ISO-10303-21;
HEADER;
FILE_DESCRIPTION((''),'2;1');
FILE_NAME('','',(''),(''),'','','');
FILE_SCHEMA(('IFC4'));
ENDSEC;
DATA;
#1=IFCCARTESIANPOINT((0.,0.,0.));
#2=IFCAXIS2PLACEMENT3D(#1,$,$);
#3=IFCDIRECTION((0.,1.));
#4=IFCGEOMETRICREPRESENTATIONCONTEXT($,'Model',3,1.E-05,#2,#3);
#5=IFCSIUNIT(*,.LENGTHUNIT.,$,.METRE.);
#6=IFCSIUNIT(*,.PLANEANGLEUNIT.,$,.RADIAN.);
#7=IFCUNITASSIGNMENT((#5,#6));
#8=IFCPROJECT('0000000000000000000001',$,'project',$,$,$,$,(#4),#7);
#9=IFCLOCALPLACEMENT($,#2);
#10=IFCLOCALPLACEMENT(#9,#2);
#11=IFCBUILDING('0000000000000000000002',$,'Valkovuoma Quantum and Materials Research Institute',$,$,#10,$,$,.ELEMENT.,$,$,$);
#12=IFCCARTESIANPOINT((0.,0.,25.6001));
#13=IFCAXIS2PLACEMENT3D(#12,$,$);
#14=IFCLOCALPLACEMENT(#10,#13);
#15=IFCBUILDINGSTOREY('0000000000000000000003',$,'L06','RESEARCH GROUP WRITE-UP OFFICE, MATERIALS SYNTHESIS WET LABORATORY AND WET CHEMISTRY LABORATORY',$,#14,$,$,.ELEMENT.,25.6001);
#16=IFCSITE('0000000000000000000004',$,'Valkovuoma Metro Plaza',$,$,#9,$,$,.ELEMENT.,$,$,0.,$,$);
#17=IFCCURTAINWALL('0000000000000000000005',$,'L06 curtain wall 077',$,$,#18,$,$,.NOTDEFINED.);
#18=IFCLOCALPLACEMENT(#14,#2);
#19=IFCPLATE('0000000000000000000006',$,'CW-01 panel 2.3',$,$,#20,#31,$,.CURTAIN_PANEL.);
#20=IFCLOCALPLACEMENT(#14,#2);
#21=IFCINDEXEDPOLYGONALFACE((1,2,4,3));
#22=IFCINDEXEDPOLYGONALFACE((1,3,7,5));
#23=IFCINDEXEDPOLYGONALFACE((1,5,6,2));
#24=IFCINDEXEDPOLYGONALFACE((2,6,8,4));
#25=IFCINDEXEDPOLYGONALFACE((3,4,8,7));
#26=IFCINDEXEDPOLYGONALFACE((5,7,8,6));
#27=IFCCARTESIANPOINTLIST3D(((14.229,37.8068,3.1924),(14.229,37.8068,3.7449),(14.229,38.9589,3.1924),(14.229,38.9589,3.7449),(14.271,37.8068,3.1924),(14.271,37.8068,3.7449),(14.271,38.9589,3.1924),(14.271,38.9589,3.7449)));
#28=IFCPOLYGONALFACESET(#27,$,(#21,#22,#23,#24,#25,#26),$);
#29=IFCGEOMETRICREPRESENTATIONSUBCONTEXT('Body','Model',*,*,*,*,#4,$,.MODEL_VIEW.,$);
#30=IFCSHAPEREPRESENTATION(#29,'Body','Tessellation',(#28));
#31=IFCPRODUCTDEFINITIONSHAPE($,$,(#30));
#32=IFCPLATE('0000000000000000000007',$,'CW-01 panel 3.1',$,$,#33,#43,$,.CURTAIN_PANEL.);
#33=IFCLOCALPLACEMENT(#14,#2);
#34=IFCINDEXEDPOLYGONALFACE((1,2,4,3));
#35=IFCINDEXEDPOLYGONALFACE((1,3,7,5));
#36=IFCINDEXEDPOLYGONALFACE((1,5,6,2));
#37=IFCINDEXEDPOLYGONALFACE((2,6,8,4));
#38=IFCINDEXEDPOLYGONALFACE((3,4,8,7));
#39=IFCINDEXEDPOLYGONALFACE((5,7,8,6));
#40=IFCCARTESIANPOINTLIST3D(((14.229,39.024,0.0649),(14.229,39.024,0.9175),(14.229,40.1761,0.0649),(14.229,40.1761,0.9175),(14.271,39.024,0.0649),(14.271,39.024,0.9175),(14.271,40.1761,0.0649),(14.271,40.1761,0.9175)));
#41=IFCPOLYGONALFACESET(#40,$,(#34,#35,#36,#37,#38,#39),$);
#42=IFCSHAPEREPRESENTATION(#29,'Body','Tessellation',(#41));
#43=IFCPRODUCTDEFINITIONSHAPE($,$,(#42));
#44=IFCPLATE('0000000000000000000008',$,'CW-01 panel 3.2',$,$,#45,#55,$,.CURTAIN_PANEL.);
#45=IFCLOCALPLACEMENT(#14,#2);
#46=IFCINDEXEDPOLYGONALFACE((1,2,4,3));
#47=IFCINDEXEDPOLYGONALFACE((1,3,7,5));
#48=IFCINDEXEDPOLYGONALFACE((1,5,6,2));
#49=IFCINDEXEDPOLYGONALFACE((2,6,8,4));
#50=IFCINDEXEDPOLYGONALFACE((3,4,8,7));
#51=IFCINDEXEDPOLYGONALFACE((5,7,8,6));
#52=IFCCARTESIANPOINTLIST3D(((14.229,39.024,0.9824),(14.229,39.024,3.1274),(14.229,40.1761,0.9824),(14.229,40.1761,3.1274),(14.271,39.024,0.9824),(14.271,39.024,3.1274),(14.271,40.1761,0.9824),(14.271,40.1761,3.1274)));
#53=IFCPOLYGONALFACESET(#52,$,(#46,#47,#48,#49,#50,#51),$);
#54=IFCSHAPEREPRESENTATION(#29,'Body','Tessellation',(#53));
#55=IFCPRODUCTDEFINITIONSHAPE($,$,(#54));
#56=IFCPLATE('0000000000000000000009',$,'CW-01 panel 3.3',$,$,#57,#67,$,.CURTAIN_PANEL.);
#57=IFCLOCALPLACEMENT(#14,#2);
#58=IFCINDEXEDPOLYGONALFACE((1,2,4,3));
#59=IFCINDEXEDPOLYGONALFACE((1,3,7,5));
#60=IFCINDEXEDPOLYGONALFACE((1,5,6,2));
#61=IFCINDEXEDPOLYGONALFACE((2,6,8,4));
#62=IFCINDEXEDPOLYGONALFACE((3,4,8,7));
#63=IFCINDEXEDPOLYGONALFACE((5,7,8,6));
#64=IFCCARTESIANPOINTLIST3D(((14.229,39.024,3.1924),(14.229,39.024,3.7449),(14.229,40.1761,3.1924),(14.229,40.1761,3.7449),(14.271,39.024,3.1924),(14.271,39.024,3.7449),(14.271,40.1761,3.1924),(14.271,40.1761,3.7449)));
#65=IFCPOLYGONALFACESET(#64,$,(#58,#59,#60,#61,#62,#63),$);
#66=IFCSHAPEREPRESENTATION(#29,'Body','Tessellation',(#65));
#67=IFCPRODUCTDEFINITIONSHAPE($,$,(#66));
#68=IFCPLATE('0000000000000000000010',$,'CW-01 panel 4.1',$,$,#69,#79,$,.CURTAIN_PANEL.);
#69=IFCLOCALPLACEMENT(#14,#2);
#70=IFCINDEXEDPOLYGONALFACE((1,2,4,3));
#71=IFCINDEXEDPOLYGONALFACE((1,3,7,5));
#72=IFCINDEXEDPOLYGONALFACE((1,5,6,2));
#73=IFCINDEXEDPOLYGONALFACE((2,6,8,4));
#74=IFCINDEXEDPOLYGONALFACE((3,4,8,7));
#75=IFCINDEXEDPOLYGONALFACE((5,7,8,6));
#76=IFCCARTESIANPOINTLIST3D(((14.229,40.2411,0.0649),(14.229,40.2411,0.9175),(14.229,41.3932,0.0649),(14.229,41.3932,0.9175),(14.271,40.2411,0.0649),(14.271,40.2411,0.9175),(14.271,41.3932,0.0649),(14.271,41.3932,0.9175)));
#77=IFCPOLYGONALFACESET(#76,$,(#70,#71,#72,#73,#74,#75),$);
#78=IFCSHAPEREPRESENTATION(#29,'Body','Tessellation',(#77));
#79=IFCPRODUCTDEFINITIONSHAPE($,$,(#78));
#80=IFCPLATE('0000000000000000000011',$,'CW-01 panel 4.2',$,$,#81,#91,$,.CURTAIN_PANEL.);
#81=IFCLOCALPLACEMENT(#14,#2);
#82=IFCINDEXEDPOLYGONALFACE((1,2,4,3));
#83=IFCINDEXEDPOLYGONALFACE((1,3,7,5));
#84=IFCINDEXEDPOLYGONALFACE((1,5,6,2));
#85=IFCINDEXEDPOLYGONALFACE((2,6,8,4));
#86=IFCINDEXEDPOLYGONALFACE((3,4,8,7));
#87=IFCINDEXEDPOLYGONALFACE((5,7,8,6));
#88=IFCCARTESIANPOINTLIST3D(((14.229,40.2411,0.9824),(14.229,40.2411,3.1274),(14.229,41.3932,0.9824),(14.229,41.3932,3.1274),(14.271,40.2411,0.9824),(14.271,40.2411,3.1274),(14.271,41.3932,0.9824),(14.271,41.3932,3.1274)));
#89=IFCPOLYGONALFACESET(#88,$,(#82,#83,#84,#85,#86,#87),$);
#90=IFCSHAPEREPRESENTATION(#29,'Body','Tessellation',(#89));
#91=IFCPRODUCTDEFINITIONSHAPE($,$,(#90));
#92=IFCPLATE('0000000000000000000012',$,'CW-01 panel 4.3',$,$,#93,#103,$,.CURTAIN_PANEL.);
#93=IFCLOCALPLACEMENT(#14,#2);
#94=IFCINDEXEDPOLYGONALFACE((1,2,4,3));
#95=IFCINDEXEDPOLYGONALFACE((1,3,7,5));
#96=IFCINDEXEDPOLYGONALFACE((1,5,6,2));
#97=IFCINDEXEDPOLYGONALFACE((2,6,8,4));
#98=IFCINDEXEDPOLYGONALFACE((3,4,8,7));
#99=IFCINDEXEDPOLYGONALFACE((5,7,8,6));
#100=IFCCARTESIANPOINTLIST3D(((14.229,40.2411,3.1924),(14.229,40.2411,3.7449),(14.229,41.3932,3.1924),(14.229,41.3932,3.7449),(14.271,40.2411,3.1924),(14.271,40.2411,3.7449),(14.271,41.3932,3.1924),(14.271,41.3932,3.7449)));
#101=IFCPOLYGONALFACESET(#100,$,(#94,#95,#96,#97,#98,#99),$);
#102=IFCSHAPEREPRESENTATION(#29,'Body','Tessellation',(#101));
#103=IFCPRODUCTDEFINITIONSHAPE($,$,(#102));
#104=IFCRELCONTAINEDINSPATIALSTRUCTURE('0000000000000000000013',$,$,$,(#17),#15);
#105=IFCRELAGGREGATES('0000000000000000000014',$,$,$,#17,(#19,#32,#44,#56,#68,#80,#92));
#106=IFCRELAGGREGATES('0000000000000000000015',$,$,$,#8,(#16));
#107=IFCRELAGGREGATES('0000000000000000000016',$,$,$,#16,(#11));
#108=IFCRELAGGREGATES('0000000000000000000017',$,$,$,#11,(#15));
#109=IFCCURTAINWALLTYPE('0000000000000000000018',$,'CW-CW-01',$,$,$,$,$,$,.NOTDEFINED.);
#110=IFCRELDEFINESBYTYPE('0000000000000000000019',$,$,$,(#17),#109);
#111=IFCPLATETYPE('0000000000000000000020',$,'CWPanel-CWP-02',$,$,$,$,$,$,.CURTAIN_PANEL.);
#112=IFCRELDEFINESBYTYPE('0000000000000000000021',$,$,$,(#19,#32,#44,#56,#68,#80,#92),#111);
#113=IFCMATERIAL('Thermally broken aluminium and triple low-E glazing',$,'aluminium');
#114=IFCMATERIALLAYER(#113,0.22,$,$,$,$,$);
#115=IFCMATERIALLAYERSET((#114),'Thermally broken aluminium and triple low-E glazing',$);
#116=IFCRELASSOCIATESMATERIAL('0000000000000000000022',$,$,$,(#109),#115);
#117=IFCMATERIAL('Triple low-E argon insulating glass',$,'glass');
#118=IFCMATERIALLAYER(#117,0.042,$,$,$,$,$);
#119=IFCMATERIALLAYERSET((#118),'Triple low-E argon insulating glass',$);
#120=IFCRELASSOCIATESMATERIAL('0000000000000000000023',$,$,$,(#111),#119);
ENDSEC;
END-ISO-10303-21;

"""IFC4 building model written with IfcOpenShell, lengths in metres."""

from ifc_helpers import new_model, si_unit, direction, frame, origin, origin_2d, place, context, subcontext, project, spatial, rectangle, extrude, material, layer, layer_set, type_object, element, aggregate, save


model = new_model("IFC4")

# Units and contexts
model_context = context("Model", 3, precision=1e-05, world=origin(), true_north=direction((0.0, 1.0)))
body_context = subcontext(model_context, "Body", "Model", "MODEL_VIEW")
ifc_project = project(units=[si_unit("LENGTHUNIT", "METRE"), si_unit("PLANEANGLEUNIT", "RADIAN")], contexts=[model_context])

# Site, building, storey
site_placement = place(None, origin())
site = spatial("IfcSite", under=ifc_project, at=site_placement, Name="Valkovuoma Metro Plaza", CompositionType="ELEMENT", RefElevation=0.0)
building_placement = place(site_placement, origin())
building = spatial("IfcBuilding", under=site, at=building_placement, Name="Valkovuoma Quantum and Materials Research Institute", CompositionType="ELEMENT")
storey_placement = place(building_placement, frame((0.0, 0.0, 25.6001)))
storey = spatial("IfcBuildingStorey", under=building, at=storey_placement, Name="L06", Description="RESEARCH GROUP WRITE-UP OFFICE, MATERIALS SYNTHESIS WET LABORATORY AND WET CHEMISTRY LABORATORY", CompositionType="ELEMENT", Elevation=25.6001)

# Curtain wall, plates
ifc_material_1 = material(Name="Thermally broken aluminium and triple low-E glazing", Category="aluminium")
ifc_layer_1 = layer(ifc_material_1, 0.22)
ifc_layer_set_1 = layer_set([ifc_layer_1], Name="Thermally broken aluminium and triple low-E glazing")
curtain_wall_type = type_object("IfcCurtainWallType", Name="CW-CW-01", PredefinedType="NOTDEFINED", material=ifc_layer_set_1)
curtain_wall_placement = place(storey_placement, origin())
curtain_wall = element("IfcCurtainWall", 1, at=curtain_wall_placement, inside=storey, type_object=curtain_wall_type, Name="L06 curtain wall 077", PredefinedType="NOTDEFINED")
ifc_material_2 = material(Name="Triple low-E argon insulating glass", Category="glass")
ifc_layer_2 = layer(ifc_material_2, 0.042)
ifc_layer_set_2 = layer_set([ifc_layer_2], Name="Triple low-E argon insulating glass")
plate_type = type_object("IfcPlateType", Name="CWPanel-CWP-02", PredefinedType="CURTAIN_PANEL", material=ifc_layer_set_2)
plate_1_placement = place(storey_placement, frame((14.25, 38.3828, 3.1924), z_axis=(0.0, 0.0, 1.0), x_axis=(0.0, 1.0, 0.0)))
plate_1 = element("IfcPlate", 2, at=plate_1_placement, type_object=plate_type, Name="CW-01 panel 2.3", PredefinedType="CURTAIN_PANEL", context=body_context, shape_type="SweptSolid", body=[
    extrude(rectangle(XDim=1.1521, YDim=0.042, at=origin_2d()), origin(), (0.0, 0.0, 1.0), 0.5525),
])
plate_2_placement = place(storey_placement, frame((14.25, 39.6001, 0.0649), z_axis=(0.0, 0.0, 1.0), x_axis=(0.0, 1.0, 0.0)))
plate_2 = element("IfcPlate", 3, at=plate_2_placement, type_object=plate_type, Name="CW-01 panel 3.1", PredefinedType="CURTAIN_PANEL", context=body_context, shape_type="SweptSolid", body=[
    extrude(rectangle(XDim=1.1521, YDim=0.042, at=origin_2d()), origin(), (0.0, 0.0, 1.0), 0.8525),
])
plate_3_placement = place(storey_placement, frame((14.25, 39.6001, 0.9824), z_axis=(0.0, 0.0, 1.0), x_axis=(0.0, 1.0, 0.0)))
plate_3 = element("IfcPlate", 4, at=plate_3_placement, type_object=plate_type, Name="CW-01 panel 3.2", PredefinedType="CURTAIN_PANEL", context=body_context, shape_type="SweptSolid", body=[
    extrude(rectangle(XDim=1.1521, YDim=0.042, at=origin_2d()), origin(), (0.0, 0.0, 1.0), 2.145),
])
plate_4_placement = place(storey_placement, frame((14.25, 39.6001, 3.1924), z_axis=(0.0, 0.0, 1.0), x_axis=(0.0, 1.0, 0.0)))
plate_4 = element("IfcPlate", 5, at=plate_4_placement, type_object=plate_type, Name="CW-01 panel 3.3", PredefinedType="CURTAIN_PANEL", context=body_context, shape_type="SweptSolid", body=[
    extrude(rectangle(XDim=1.1521, YDim=0.042, at=origin_2d()), origin(), (0.0, 0.0, 1.0), 0.5525),
])
plate_5_placement = place(storey_placement, frame((14.25, 40.8171, 0.0649), z_axis=(0.0, 0.0, 1.0), x_axis=(0.0, 1.0, 0.0)))
plate_5 = element("IfcPlate", 6, at=plate_5_placement, type_object=plate_type, Name="CW-01 panel 4.1", PredefinedType="CURTAIN_PANEL", context=body_context, shape_type="SweptSolid", body=[
    extrude(rectangle(XDim=1.1521, YDim=0.042, at=origin_2d()), origin(), (0.0, 0.0, 1.0), 0.8525),
])
plate_6_placement = place(storey_placement, frame((14.25, 40.8171, 0.9824), z_axis=(0.0, 0.0, 1.0), x_axis=(0.0, 1.0, 0.0)))
plate_6 = element("IfcPlate", 7, at=plate_6_placement, type_object=plate_type, Name="CW-01 panel 4.2", PredefinedType="CURTAIN_PANEL", context=body_context, shape_type="SweptSolid", body=[
    extrude(rectangle(XDim=1.1521, YDim=0.042, at=origin_2d()), origin(), (0.0, 0.0, 1.0), 2.145),
])
plate_7_placement = place(storey_placement, frame((14.25, 40.8171, 3.1924), z_axis=(0.0, 0.0, 1.0), x_axis=(0.0, 1.0, 0.0)))
plate_7 = element("IfcPlate", 8, at=plate_7_placement, type_object=plate_type, Name="CW-01 panel 4.3", PredefinedType="CURTAIN_PANEL", context=body_context, shape_type="SweptSolid", body=[
    extrude(rectangle(XDim=1.1521, YDim=0.042, at=origin_2d()), origin(), (0.0, 0.0, 1.0), 0.5525),
])
aggregate(curtain_wall, [plate_1, plate_2, plate_3, plate_4, plate_5, plate_6, plate_7])

save(model, "model.ifc")
